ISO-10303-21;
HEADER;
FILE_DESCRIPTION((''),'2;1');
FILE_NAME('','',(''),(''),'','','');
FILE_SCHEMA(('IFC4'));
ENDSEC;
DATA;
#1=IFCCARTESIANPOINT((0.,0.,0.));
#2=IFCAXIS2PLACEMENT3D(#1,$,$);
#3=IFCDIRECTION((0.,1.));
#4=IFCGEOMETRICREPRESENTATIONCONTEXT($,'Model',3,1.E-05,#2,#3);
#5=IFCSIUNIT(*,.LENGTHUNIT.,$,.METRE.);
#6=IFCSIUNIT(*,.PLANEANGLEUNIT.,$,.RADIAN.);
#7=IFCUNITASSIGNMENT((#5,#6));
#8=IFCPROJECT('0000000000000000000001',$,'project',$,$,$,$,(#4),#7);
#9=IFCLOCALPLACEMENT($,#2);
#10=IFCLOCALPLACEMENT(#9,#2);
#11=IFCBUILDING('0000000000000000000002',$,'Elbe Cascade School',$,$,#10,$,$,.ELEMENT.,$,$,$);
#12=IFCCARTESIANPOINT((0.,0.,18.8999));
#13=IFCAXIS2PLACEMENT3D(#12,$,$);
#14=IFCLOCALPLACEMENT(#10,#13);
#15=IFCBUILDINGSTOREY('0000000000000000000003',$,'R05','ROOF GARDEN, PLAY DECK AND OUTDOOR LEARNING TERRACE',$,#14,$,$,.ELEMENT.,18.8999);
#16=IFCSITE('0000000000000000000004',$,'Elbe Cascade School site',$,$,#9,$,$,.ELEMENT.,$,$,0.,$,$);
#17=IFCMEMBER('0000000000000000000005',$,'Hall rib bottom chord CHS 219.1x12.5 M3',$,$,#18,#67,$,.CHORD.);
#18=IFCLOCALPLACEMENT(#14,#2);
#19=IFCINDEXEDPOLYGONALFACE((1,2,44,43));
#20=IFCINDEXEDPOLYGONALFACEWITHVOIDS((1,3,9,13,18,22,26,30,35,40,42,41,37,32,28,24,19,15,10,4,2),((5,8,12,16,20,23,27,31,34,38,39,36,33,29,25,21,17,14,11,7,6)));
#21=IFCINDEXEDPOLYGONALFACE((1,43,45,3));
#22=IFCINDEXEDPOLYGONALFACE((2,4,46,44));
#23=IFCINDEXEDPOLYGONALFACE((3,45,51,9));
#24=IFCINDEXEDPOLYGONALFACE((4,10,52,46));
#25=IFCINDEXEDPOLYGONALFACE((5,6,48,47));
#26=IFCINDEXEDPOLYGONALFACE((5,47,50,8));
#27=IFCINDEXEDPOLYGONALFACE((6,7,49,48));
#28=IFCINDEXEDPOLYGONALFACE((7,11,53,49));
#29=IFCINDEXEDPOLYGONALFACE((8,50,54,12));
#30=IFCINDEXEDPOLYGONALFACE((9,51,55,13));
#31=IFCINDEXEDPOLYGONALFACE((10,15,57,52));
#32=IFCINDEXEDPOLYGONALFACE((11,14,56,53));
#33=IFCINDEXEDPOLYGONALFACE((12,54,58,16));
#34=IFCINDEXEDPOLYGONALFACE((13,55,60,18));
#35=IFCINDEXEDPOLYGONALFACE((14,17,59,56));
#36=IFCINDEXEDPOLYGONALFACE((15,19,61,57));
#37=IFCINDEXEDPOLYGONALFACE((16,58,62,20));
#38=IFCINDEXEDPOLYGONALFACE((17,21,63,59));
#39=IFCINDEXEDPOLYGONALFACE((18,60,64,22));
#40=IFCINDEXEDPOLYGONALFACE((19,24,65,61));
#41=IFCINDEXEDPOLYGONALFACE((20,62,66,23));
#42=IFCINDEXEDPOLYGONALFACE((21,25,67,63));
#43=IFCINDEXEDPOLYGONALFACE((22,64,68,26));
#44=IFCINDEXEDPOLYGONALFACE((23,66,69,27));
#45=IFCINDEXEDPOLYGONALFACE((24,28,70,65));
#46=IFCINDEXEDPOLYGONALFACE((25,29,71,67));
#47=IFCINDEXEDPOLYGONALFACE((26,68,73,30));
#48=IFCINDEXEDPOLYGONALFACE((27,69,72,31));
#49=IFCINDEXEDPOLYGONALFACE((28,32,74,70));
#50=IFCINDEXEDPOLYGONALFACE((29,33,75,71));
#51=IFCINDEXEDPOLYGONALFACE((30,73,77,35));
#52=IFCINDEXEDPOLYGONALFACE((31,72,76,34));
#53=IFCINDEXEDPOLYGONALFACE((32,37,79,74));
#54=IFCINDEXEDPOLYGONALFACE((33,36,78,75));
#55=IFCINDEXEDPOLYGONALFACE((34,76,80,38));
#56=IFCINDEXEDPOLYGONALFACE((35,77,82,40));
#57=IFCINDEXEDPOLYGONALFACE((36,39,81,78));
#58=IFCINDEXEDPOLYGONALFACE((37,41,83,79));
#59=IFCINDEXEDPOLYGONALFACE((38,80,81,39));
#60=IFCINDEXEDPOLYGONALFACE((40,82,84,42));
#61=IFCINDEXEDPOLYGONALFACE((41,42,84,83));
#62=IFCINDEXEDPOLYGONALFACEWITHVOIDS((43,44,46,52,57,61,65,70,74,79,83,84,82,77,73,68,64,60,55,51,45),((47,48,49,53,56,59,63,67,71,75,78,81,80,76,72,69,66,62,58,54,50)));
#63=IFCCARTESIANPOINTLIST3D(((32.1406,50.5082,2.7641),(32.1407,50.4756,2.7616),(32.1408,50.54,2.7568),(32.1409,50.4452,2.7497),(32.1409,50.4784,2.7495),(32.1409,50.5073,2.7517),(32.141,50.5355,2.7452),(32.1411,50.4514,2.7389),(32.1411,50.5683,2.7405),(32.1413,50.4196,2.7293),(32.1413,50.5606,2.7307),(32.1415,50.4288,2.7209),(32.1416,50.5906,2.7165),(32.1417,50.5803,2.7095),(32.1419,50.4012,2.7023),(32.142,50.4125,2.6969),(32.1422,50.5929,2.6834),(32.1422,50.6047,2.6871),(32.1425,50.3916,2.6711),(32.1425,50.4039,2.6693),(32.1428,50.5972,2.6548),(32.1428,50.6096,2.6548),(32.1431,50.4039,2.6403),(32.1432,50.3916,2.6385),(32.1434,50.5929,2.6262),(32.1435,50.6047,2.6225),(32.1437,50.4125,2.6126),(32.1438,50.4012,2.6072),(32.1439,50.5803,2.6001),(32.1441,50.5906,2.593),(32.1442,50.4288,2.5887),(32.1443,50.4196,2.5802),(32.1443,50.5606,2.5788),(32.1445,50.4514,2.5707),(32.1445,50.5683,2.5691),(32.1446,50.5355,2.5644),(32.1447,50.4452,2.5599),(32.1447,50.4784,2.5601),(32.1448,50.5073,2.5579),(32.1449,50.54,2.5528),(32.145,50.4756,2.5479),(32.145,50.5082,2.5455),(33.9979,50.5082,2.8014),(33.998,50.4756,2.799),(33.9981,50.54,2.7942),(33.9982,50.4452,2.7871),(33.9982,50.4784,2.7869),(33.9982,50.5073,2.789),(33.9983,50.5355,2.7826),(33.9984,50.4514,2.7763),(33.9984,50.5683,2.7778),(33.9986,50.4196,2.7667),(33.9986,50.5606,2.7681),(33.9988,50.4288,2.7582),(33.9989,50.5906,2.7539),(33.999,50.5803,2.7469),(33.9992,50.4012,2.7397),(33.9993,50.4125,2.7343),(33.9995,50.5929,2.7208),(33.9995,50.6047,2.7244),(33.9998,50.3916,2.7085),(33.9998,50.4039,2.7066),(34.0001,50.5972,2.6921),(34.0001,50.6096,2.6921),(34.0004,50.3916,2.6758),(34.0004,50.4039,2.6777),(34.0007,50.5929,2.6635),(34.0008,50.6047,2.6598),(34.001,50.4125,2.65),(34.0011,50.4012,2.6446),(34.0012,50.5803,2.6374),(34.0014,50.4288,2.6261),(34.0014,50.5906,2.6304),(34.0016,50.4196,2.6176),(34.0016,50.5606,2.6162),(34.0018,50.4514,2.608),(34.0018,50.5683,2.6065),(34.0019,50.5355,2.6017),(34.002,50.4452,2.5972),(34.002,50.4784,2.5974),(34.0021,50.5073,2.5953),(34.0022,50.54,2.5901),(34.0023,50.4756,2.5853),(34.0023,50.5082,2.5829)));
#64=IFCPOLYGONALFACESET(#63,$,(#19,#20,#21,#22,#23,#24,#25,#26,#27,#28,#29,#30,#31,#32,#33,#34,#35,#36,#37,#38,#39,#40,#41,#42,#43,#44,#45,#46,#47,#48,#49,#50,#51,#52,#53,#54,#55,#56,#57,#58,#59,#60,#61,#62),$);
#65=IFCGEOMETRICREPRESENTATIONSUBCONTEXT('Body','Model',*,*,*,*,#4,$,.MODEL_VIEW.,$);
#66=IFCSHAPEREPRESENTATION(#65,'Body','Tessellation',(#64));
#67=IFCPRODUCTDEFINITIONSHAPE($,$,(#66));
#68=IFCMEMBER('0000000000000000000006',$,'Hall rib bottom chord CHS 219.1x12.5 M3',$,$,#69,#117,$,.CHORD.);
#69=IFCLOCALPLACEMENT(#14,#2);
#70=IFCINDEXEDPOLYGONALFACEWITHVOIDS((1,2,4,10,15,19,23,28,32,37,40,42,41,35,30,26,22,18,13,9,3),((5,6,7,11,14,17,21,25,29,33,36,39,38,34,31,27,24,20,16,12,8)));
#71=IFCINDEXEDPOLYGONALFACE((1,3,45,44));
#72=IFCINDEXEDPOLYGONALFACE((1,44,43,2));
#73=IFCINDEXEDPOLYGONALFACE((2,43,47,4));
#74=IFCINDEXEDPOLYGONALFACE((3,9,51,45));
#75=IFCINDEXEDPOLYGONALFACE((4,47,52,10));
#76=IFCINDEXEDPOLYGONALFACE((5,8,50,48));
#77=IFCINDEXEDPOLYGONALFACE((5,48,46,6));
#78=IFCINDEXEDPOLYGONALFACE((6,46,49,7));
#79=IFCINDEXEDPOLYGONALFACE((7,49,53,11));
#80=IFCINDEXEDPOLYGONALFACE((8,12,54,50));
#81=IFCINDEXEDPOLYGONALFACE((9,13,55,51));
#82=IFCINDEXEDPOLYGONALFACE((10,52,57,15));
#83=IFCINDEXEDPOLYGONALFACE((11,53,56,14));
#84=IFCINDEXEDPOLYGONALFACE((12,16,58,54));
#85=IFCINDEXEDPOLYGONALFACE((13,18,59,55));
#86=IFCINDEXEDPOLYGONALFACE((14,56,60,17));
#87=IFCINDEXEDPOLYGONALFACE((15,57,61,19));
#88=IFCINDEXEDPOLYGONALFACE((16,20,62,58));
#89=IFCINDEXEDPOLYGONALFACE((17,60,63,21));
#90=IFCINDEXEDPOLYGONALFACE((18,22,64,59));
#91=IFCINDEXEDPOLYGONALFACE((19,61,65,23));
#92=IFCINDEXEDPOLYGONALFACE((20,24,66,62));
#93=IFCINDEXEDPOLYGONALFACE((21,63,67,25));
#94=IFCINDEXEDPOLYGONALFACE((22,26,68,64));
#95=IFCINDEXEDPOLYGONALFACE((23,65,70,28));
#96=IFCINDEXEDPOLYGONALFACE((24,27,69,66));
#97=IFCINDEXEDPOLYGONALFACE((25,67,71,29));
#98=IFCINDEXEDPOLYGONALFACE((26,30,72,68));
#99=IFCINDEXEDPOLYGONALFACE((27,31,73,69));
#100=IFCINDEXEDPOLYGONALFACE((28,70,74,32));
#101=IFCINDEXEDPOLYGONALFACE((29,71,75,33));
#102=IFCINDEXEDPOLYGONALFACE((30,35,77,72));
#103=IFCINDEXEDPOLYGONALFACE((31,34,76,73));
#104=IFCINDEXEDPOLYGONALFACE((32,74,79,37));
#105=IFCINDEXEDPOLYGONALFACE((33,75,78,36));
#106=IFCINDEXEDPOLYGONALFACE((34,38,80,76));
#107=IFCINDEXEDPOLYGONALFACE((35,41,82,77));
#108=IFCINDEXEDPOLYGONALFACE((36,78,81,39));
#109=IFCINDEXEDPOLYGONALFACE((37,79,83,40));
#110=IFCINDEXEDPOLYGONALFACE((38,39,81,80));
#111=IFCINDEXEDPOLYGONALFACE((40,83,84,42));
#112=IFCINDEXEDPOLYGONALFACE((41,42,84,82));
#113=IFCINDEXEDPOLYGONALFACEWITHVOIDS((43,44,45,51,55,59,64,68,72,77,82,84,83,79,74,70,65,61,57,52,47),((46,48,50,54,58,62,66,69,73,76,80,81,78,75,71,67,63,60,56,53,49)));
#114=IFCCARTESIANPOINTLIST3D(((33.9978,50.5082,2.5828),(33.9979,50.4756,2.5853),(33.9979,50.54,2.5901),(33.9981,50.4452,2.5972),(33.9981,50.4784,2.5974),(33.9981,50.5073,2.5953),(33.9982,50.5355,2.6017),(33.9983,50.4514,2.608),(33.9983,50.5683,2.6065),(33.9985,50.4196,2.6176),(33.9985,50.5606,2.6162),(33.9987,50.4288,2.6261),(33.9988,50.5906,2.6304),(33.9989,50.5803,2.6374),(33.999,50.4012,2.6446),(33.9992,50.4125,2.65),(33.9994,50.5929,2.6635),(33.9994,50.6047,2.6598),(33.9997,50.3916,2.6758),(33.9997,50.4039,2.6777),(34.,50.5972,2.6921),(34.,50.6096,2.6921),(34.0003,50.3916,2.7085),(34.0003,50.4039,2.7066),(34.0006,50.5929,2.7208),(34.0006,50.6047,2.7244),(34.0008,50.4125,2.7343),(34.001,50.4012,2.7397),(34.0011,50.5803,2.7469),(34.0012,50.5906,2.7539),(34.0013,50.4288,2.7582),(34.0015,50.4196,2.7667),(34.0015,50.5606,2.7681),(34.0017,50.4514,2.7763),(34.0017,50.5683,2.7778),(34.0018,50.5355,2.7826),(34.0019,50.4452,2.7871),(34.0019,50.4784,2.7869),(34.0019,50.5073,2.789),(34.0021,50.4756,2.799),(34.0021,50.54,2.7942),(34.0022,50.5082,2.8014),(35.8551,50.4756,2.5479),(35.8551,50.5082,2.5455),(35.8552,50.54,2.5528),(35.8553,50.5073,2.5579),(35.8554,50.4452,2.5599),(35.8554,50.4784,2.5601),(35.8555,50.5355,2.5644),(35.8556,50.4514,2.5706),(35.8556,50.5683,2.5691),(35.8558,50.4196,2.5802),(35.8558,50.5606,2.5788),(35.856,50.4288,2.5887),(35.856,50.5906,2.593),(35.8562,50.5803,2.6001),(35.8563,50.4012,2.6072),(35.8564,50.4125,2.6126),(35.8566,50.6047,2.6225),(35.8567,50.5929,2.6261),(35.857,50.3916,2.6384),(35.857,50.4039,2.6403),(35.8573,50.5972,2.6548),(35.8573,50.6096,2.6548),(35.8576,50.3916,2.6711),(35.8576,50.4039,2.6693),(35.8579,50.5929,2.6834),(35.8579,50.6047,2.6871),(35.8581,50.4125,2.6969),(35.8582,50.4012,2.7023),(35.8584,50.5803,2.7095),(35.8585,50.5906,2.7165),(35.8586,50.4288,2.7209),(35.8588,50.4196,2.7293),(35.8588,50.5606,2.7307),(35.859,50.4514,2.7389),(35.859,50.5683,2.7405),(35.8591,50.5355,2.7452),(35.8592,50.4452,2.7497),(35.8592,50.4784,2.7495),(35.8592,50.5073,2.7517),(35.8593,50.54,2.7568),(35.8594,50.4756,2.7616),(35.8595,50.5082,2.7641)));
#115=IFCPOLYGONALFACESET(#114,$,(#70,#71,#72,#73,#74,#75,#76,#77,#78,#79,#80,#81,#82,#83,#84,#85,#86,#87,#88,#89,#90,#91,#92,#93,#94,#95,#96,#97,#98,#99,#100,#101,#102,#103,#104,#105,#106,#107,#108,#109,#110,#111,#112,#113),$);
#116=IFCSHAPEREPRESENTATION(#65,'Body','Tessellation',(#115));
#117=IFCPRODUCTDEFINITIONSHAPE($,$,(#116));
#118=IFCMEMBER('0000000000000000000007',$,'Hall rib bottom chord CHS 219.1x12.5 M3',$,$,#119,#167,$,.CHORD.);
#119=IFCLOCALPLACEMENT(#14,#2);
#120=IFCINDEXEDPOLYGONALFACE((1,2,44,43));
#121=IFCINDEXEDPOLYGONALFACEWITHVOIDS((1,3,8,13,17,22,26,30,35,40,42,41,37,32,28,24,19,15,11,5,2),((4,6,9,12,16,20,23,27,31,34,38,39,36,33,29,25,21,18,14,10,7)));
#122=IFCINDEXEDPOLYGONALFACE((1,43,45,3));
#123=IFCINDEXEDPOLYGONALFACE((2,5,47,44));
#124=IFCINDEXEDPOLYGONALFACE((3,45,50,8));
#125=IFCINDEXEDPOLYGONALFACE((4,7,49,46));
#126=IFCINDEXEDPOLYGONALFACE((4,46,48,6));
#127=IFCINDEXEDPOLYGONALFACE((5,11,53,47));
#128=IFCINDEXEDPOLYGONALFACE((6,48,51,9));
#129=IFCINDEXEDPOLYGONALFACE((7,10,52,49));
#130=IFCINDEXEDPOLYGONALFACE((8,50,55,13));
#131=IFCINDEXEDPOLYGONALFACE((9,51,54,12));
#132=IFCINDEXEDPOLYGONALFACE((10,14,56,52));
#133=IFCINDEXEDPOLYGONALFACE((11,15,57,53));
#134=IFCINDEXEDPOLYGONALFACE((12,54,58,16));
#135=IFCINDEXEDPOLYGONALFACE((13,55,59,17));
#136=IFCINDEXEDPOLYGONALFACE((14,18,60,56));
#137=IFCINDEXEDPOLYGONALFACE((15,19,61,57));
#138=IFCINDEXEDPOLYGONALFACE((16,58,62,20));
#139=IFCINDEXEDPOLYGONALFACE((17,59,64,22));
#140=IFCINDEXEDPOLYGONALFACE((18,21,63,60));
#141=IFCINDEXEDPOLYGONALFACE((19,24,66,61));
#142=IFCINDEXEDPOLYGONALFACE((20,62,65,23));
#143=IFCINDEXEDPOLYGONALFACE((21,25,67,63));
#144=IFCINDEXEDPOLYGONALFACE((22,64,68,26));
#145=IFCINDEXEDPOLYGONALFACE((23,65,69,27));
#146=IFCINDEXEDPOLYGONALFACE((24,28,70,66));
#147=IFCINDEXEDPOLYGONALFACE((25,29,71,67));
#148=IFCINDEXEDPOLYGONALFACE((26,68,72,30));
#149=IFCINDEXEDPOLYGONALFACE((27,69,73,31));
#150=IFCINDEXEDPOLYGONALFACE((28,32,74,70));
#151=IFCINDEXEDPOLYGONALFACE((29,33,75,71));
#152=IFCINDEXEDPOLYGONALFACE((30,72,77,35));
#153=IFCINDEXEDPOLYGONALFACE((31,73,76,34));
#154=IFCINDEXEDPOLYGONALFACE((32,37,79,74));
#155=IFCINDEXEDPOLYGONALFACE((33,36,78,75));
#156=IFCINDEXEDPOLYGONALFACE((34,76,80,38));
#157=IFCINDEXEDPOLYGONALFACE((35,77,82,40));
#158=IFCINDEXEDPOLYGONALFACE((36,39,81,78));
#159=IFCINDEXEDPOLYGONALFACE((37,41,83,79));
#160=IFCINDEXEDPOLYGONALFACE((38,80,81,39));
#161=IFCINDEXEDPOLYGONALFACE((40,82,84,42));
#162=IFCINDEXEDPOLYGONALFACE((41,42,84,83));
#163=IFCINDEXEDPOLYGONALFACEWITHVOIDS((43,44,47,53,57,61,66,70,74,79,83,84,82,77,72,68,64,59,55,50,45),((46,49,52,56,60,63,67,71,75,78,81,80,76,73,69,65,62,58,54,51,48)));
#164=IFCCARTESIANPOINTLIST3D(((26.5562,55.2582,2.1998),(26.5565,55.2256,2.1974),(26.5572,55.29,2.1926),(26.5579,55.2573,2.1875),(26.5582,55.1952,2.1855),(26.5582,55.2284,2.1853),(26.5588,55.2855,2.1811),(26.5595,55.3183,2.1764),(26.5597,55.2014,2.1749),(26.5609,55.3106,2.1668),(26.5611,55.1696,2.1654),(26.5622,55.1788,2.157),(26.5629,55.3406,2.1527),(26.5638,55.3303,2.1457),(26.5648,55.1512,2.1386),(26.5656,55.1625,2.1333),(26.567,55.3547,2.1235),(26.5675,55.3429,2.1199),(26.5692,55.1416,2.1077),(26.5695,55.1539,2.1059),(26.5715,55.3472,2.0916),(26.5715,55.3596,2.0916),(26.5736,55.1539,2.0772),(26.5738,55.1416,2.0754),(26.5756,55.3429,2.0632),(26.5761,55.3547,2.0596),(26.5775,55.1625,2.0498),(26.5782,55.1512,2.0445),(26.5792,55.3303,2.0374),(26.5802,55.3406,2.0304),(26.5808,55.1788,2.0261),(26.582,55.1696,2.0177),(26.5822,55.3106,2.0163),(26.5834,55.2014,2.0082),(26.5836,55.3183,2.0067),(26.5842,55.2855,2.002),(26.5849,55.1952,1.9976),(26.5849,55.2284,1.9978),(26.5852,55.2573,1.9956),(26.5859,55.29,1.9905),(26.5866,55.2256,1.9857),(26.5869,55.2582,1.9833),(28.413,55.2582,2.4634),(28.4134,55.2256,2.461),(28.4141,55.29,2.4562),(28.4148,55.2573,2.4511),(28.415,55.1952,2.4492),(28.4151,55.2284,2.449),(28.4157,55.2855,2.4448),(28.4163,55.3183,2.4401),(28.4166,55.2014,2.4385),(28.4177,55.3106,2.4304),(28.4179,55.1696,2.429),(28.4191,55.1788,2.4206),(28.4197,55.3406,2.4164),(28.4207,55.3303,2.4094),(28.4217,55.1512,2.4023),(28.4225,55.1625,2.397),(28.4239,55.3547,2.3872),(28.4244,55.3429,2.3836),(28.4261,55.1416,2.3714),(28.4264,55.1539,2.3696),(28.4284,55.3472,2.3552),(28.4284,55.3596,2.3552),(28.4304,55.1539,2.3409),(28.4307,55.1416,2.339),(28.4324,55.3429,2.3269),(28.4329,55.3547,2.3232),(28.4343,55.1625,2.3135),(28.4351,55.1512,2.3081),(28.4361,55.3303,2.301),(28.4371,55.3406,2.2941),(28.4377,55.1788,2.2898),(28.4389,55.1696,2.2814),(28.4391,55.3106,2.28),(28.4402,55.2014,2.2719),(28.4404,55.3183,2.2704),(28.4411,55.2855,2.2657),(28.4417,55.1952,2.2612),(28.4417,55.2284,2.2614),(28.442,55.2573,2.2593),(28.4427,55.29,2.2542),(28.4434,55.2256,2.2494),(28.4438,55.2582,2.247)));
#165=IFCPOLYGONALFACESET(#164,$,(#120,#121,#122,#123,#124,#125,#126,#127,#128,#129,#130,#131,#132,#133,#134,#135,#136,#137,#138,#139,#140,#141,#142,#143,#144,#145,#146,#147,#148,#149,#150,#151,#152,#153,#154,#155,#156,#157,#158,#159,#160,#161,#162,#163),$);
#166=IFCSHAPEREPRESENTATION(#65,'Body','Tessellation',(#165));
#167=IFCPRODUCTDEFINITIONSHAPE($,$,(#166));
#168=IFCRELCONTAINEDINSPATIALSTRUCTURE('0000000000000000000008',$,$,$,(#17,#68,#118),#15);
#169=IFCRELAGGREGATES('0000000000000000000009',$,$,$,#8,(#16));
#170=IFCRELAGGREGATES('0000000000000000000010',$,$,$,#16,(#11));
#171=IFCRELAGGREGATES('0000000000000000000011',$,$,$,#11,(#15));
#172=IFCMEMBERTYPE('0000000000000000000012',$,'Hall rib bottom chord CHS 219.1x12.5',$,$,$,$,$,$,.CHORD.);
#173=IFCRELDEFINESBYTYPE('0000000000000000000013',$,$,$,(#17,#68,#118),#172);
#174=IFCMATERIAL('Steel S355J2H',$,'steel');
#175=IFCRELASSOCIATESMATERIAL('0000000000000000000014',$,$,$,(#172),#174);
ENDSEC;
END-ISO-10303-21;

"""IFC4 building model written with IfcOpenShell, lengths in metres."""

from ifc_helpers import new_model, si_unit, direction, frame, origin, origin_2d, place, context, subcontext, project, spatial, hollow_circle, extrude, material, material_profile, profile_set, type_object, element, save


model = new_model("IFC4")

# Units and contexts
model_context = context("Model", 3, precision=1e-05, world=origin(), true_north=direction((0.0, 1.0)))
body_context = subcontext(model_context, "Body", "Model", "MODEL_VIEW")
ifc_project = project(units=[si_unit("LENGTHUNIT", "METRE"), si_unit("PLANEANGLEUNIT", "RADIAN")], contexts=[model_context])

# Site, building, storey
site_placement = place(None, origin())
site = spatial("IfcSite", under=ifc_project, at=site_placement, Name="Elbe Cascade School site", CompositionType="ELEMENT", RefElevation=0.0)
building_placement = place(site_placement, origin())
building = spatial("IfcBuilding", under=site, at=building_placement, Name="Elbe Cascade School", CompositionType="ELEMENT")
storey_placement = place(building_placement, frame((0.0, 0.0, 18.8999)))
storey = spatial("IfcBuildingStorey", under=building, at=storey_placement, Name="R05", Description="ROOF GARDEN, PLAY DECK AND OUTDOOR LEARNING TERRACE", CompositionType="ELEMENT", Elevation=18.8999)

# Members
ifc_material_1 = material(Name="Steel S355J2H", Category="steel")
ifc_material_profile_1 = material_profile(ifc_material_1, hollow_circle(Radius=0.1096, WallThickness=0.0125, at=origin_2d()), Name="CHS 219.1x12.5")
ifc_profile_set_1 = profile_set([ifc_material_profile_1], Name="Steel S355J2H")
member_type_1 = type_object("IfcMemberType", Name="Hall rib bottom chord CHS 219.1x12.5", PredefinedType="CHORD", material=ifc_profile_set_1)
for number, where, z_axis, x_axis, name in (
    (1, (32.1428, 50.5, 2.6548), (0.999798, 0.0, 0.020109), (0.0, 1.0, 0.0), "Hall rib bottom chord CHS 219.1x12.5 M3"),
    (2, (34.0, 50.5, 2.6921), (0.999798, 0.0, -0.020109), (0.0, 1.0, 0.0), "Hall rib bottom chord CHS 219.1x12.5 M3"),
):
    element("IfcMember", number, at=place(storey_placement, frame(where, z_axis=z_axis, x_axis=x_axis)), inside=storey, type_object=member_type_1, Name=name, PredefinedType="CHORD", context=body_context, shape_type="SweptSolid", body=[
        extrude(hollow_circle(Radius=0.1096, WallThickness=0.0125, at=origin_2d()), origin(), (0.0, 0.0, 1.0), 1.8577),
    ])
member_1_placement = place(storey_placement, frame((26.5715, 55.25, 2.0916), z_axis=(0.990069, 0.0, 0.140583), x_axis=(0.0, 1.0, 0.0)))
element("IfcMember", 3, at=member_1_placement, inside=storey, type_object=member_type_1, Name="Hall rib bottom chord CHS 219.1x12.5 M3", PredefinedType="CHORD", context=body_context, shape_type="SweptSolid", body=[
    extrude(hollow_circle(Radius=0.1096, WallThickness=0.0125, at=origin_2d()), origin(), (0.0, 0.0, 1.0), 1.8755),
])

save(model, "model.ifc")
